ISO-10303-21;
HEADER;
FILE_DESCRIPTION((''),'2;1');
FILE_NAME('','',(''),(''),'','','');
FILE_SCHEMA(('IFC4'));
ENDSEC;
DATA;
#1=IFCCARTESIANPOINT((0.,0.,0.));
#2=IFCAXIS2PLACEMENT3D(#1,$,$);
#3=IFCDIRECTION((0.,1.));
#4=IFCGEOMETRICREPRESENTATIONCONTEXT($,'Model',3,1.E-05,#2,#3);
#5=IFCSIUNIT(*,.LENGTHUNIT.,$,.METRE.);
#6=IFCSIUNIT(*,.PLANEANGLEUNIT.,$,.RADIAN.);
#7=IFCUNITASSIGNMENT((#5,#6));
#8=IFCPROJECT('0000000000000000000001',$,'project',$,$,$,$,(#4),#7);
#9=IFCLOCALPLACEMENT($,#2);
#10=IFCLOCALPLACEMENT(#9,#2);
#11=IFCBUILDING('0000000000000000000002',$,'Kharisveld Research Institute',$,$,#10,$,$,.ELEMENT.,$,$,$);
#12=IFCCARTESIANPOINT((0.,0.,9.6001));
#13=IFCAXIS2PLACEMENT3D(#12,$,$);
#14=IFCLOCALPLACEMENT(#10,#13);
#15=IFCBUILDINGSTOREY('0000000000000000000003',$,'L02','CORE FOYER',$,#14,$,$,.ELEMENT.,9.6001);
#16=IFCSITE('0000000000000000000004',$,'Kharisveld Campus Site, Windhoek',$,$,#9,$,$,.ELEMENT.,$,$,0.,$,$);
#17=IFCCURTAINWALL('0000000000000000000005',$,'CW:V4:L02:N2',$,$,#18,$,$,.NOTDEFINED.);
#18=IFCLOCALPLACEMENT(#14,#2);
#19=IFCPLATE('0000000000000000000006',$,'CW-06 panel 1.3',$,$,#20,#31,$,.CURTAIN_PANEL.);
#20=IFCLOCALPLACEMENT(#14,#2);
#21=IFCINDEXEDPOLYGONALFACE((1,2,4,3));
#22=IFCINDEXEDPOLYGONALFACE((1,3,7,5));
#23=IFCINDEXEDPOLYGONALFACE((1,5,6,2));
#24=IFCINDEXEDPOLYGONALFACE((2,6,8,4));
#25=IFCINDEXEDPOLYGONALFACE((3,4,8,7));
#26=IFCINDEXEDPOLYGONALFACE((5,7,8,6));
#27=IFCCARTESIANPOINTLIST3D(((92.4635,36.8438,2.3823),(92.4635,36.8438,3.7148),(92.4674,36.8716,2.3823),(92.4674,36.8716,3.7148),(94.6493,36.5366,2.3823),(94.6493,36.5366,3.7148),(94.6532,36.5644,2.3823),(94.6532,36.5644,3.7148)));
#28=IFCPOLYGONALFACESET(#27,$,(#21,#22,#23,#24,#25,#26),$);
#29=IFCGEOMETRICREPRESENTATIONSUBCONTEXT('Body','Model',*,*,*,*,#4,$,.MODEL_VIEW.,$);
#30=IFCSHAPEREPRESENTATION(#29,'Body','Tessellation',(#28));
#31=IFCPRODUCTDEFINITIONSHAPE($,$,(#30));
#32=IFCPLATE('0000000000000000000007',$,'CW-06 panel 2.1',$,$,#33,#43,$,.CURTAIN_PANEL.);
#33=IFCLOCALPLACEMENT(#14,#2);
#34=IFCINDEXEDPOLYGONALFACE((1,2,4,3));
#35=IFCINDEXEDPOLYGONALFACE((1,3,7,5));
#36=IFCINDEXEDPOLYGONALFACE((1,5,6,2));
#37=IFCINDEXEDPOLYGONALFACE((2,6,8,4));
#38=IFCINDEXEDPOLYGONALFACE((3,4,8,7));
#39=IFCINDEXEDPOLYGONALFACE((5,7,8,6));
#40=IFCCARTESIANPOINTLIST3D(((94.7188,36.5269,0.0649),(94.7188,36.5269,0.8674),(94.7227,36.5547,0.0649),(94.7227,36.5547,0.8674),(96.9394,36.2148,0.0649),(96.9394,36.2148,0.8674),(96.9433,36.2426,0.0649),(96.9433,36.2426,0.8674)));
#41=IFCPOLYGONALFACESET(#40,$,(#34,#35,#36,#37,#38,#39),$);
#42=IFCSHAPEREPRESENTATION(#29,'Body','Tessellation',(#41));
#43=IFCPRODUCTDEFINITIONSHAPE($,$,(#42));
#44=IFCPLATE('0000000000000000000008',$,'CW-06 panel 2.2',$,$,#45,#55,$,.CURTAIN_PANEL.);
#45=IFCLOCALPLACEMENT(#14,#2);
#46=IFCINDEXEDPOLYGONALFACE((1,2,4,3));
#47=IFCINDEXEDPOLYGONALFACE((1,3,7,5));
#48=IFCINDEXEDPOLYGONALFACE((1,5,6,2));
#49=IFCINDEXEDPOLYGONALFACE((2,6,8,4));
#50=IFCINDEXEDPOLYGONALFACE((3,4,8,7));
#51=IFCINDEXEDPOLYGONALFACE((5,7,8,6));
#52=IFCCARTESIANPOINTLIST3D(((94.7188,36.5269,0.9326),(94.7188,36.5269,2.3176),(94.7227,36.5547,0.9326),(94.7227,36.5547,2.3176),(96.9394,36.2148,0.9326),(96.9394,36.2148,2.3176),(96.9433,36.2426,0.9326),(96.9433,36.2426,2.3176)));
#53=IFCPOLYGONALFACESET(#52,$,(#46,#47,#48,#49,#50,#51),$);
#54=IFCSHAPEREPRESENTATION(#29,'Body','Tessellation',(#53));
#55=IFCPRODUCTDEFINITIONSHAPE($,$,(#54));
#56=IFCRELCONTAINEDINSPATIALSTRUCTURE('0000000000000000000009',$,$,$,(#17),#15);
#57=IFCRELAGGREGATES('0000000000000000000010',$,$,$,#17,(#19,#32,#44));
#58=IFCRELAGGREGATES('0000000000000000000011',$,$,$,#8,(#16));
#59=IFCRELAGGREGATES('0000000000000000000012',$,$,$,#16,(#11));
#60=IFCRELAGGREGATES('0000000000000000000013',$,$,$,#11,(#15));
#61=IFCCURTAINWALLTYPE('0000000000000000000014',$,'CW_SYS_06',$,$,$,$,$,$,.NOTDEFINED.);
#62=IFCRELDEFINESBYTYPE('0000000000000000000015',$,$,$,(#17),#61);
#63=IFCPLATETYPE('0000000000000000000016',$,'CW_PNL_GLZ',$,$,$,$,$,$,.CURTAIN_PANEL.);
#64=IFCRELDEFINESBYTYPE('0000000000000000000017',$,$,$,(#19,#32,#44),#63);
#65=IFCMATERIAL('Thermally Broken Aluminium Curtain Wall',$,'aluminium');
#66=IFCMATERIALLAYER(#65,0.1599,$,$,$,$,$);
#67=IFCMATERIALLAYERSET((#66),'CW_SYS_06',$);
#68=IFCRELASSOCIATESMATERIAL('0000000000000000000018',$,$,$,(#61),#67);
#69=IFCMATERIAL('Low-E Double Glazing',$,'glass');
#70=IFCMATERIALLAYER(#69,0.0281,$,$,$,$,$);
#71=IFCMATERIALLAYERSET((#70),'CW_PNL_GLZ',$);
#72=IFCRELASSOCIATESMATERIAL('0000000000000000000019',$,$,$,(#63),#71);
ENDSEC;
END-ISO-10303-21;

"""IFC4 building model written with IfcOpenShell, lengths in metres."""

from ifc_helpers import new_model, si_unit, direction, frame, origin, origin_2d, place, context, subcontext, project, spatial, rectangle, extrude, material, layer, layer_set, type_object, element, aggregate, save


model = new_model("IFC4")

# Units and contexts
model_context = context("Model", 3, precision=1e-05, world=origin(), true_north=direction((0.0, 1.0)))
body_context = subcontext(model_context, "Body", "Model", "MODEL_VIEW")
ifc_project = project(units=[si_unit("LENGTHUNIT", "METRE"), si_unit("PLANEANGLEUNIT", "RADIAN")], contexts=[model_context])

# Site, building, storey
site_placement = place(None, origin())
site = spatial("IfcSite", under=ifc_project, at=site_placement, Name="Kharisveld Campus Site, Windhoek", CompositionType="ELEMENT", RefElevation=0.0)
building_placement = place(site_placement, origin())
building = spatial("IfcBuilding", under=site, at=building_placement, Name="Kharisveld Research Institute", CompositionType="ELEMENT")
storey_placement = place(building_placement, frame((0.0, 0.0, 9.6001)))
storey = spatial("IfcBuildingStorey", under=building, at=storey_placement, Name="L02", Description="CORE FOYER", CompositionType="ELEMENT", Elevation=9.6001)

# Curtain wall
ifc_material_1 = material(Name="Thermally Broken Aluminium Curtain Wall", Category="aluminium")
ifc_layer_1 = layer(ifc_material_1, 0.1599)
ifc_layer_set_1 = layer_set([ifc_layer_1], Name="CW_SYS_06")
curtain_wall_type_1 = type_object("IfcCurtainWallType", Name="CW_SYS_06", PredefinedType="NOTDEFINED", material=ifc_layer_set_1)
curtain_wall_1_placement = place(storey_placement, origin())
curtain_wall_1 = element("IfcCurtainWall", 1, at=curtain_wall_1_placement, inside=storey, type_object=curtain_wall_type_1, Name="CW:V4:L02:N2", PredefinedType="NOTDEFINED")

# Plates
ifc_material_2 = material(Name="Low-E Double Glazing", Category="glass")
ifc_layer_2 = layer(ifc_material_2, 0.0281)
ifc_layer_set_2 = layer_set([ifc_layer_2], Name="CW_PNL_GLZ")
plate_type = type_object("IfcPlateType", Name="CW_PNL_GLZ", PredefinedType="CURTAIN_PANEL", material=ifc_layer_set_2)
plate_1_placement = place(storey_placement, frame((93.5583, 36.7041, 2.3823), z_axis=(0.0, 0.0, 1.0), x_axis=(0.990268, -0.139173, 0.0)))
plate_1 = element("IfcPlate", 2, at=plate_1_placement, type_object=plate_type, Name="CW-06 panel 1.3", PredefinedType="CURTAIN_PANEL", context=body_context, shape_type="SweptSolid", body=[
    extrude(rectangle(XDim=2.2073, YDim=0.0281, at=origin_2d()), origin(), (0.0, 0.0, 1.0), 1.3325),
])
plate_2_placement = place(storey_placement, frame((95.8311, 36.3848, 0.0649), z_axis=(0.0, 0.0, 1.0), x_axis=(0.990268, -0.139173, 0.0)))
plate_2 = element("IfcPlate", 3, at=plate_2_placement, type_object=plate_type, Name="CW-06 panel 2.1", PredefinedType="CURTAIN_PANEL", context=body_context, shape_type="SweptSolid", body=[
    extrude(rectangle(XDim=2.2424, YDim=0.0281, at=origin_2d()), origin(), (0.0, 0.0, 1.0), 0.8025),
])
plate_3_placement = place(storey_placement, frame((95.8311, 36.3848, 0.9326), z_axis=(0.0, 0.0, 1.0), x_axis=(0.990268, -0.139173, 0.0)))
plate_3 = element("IfcPlate", 4, at=plate_3_placement, type_object=plate_type, Name="CW-06 panel 2.2", PredefinedType="CURTAIN_PANEL", context=body_context, shape_type="SweptSolid", body=[
    extrude(rectangle(XDim=2.2424, YDim=0.0281, at=origin_2d()), origin(), (0.0, 0.0, 1.0), 1.385),
])
aggregate(curtain_wall_1, [plate_1, plate_2, plate_3])

save(model, "model.ifc")
